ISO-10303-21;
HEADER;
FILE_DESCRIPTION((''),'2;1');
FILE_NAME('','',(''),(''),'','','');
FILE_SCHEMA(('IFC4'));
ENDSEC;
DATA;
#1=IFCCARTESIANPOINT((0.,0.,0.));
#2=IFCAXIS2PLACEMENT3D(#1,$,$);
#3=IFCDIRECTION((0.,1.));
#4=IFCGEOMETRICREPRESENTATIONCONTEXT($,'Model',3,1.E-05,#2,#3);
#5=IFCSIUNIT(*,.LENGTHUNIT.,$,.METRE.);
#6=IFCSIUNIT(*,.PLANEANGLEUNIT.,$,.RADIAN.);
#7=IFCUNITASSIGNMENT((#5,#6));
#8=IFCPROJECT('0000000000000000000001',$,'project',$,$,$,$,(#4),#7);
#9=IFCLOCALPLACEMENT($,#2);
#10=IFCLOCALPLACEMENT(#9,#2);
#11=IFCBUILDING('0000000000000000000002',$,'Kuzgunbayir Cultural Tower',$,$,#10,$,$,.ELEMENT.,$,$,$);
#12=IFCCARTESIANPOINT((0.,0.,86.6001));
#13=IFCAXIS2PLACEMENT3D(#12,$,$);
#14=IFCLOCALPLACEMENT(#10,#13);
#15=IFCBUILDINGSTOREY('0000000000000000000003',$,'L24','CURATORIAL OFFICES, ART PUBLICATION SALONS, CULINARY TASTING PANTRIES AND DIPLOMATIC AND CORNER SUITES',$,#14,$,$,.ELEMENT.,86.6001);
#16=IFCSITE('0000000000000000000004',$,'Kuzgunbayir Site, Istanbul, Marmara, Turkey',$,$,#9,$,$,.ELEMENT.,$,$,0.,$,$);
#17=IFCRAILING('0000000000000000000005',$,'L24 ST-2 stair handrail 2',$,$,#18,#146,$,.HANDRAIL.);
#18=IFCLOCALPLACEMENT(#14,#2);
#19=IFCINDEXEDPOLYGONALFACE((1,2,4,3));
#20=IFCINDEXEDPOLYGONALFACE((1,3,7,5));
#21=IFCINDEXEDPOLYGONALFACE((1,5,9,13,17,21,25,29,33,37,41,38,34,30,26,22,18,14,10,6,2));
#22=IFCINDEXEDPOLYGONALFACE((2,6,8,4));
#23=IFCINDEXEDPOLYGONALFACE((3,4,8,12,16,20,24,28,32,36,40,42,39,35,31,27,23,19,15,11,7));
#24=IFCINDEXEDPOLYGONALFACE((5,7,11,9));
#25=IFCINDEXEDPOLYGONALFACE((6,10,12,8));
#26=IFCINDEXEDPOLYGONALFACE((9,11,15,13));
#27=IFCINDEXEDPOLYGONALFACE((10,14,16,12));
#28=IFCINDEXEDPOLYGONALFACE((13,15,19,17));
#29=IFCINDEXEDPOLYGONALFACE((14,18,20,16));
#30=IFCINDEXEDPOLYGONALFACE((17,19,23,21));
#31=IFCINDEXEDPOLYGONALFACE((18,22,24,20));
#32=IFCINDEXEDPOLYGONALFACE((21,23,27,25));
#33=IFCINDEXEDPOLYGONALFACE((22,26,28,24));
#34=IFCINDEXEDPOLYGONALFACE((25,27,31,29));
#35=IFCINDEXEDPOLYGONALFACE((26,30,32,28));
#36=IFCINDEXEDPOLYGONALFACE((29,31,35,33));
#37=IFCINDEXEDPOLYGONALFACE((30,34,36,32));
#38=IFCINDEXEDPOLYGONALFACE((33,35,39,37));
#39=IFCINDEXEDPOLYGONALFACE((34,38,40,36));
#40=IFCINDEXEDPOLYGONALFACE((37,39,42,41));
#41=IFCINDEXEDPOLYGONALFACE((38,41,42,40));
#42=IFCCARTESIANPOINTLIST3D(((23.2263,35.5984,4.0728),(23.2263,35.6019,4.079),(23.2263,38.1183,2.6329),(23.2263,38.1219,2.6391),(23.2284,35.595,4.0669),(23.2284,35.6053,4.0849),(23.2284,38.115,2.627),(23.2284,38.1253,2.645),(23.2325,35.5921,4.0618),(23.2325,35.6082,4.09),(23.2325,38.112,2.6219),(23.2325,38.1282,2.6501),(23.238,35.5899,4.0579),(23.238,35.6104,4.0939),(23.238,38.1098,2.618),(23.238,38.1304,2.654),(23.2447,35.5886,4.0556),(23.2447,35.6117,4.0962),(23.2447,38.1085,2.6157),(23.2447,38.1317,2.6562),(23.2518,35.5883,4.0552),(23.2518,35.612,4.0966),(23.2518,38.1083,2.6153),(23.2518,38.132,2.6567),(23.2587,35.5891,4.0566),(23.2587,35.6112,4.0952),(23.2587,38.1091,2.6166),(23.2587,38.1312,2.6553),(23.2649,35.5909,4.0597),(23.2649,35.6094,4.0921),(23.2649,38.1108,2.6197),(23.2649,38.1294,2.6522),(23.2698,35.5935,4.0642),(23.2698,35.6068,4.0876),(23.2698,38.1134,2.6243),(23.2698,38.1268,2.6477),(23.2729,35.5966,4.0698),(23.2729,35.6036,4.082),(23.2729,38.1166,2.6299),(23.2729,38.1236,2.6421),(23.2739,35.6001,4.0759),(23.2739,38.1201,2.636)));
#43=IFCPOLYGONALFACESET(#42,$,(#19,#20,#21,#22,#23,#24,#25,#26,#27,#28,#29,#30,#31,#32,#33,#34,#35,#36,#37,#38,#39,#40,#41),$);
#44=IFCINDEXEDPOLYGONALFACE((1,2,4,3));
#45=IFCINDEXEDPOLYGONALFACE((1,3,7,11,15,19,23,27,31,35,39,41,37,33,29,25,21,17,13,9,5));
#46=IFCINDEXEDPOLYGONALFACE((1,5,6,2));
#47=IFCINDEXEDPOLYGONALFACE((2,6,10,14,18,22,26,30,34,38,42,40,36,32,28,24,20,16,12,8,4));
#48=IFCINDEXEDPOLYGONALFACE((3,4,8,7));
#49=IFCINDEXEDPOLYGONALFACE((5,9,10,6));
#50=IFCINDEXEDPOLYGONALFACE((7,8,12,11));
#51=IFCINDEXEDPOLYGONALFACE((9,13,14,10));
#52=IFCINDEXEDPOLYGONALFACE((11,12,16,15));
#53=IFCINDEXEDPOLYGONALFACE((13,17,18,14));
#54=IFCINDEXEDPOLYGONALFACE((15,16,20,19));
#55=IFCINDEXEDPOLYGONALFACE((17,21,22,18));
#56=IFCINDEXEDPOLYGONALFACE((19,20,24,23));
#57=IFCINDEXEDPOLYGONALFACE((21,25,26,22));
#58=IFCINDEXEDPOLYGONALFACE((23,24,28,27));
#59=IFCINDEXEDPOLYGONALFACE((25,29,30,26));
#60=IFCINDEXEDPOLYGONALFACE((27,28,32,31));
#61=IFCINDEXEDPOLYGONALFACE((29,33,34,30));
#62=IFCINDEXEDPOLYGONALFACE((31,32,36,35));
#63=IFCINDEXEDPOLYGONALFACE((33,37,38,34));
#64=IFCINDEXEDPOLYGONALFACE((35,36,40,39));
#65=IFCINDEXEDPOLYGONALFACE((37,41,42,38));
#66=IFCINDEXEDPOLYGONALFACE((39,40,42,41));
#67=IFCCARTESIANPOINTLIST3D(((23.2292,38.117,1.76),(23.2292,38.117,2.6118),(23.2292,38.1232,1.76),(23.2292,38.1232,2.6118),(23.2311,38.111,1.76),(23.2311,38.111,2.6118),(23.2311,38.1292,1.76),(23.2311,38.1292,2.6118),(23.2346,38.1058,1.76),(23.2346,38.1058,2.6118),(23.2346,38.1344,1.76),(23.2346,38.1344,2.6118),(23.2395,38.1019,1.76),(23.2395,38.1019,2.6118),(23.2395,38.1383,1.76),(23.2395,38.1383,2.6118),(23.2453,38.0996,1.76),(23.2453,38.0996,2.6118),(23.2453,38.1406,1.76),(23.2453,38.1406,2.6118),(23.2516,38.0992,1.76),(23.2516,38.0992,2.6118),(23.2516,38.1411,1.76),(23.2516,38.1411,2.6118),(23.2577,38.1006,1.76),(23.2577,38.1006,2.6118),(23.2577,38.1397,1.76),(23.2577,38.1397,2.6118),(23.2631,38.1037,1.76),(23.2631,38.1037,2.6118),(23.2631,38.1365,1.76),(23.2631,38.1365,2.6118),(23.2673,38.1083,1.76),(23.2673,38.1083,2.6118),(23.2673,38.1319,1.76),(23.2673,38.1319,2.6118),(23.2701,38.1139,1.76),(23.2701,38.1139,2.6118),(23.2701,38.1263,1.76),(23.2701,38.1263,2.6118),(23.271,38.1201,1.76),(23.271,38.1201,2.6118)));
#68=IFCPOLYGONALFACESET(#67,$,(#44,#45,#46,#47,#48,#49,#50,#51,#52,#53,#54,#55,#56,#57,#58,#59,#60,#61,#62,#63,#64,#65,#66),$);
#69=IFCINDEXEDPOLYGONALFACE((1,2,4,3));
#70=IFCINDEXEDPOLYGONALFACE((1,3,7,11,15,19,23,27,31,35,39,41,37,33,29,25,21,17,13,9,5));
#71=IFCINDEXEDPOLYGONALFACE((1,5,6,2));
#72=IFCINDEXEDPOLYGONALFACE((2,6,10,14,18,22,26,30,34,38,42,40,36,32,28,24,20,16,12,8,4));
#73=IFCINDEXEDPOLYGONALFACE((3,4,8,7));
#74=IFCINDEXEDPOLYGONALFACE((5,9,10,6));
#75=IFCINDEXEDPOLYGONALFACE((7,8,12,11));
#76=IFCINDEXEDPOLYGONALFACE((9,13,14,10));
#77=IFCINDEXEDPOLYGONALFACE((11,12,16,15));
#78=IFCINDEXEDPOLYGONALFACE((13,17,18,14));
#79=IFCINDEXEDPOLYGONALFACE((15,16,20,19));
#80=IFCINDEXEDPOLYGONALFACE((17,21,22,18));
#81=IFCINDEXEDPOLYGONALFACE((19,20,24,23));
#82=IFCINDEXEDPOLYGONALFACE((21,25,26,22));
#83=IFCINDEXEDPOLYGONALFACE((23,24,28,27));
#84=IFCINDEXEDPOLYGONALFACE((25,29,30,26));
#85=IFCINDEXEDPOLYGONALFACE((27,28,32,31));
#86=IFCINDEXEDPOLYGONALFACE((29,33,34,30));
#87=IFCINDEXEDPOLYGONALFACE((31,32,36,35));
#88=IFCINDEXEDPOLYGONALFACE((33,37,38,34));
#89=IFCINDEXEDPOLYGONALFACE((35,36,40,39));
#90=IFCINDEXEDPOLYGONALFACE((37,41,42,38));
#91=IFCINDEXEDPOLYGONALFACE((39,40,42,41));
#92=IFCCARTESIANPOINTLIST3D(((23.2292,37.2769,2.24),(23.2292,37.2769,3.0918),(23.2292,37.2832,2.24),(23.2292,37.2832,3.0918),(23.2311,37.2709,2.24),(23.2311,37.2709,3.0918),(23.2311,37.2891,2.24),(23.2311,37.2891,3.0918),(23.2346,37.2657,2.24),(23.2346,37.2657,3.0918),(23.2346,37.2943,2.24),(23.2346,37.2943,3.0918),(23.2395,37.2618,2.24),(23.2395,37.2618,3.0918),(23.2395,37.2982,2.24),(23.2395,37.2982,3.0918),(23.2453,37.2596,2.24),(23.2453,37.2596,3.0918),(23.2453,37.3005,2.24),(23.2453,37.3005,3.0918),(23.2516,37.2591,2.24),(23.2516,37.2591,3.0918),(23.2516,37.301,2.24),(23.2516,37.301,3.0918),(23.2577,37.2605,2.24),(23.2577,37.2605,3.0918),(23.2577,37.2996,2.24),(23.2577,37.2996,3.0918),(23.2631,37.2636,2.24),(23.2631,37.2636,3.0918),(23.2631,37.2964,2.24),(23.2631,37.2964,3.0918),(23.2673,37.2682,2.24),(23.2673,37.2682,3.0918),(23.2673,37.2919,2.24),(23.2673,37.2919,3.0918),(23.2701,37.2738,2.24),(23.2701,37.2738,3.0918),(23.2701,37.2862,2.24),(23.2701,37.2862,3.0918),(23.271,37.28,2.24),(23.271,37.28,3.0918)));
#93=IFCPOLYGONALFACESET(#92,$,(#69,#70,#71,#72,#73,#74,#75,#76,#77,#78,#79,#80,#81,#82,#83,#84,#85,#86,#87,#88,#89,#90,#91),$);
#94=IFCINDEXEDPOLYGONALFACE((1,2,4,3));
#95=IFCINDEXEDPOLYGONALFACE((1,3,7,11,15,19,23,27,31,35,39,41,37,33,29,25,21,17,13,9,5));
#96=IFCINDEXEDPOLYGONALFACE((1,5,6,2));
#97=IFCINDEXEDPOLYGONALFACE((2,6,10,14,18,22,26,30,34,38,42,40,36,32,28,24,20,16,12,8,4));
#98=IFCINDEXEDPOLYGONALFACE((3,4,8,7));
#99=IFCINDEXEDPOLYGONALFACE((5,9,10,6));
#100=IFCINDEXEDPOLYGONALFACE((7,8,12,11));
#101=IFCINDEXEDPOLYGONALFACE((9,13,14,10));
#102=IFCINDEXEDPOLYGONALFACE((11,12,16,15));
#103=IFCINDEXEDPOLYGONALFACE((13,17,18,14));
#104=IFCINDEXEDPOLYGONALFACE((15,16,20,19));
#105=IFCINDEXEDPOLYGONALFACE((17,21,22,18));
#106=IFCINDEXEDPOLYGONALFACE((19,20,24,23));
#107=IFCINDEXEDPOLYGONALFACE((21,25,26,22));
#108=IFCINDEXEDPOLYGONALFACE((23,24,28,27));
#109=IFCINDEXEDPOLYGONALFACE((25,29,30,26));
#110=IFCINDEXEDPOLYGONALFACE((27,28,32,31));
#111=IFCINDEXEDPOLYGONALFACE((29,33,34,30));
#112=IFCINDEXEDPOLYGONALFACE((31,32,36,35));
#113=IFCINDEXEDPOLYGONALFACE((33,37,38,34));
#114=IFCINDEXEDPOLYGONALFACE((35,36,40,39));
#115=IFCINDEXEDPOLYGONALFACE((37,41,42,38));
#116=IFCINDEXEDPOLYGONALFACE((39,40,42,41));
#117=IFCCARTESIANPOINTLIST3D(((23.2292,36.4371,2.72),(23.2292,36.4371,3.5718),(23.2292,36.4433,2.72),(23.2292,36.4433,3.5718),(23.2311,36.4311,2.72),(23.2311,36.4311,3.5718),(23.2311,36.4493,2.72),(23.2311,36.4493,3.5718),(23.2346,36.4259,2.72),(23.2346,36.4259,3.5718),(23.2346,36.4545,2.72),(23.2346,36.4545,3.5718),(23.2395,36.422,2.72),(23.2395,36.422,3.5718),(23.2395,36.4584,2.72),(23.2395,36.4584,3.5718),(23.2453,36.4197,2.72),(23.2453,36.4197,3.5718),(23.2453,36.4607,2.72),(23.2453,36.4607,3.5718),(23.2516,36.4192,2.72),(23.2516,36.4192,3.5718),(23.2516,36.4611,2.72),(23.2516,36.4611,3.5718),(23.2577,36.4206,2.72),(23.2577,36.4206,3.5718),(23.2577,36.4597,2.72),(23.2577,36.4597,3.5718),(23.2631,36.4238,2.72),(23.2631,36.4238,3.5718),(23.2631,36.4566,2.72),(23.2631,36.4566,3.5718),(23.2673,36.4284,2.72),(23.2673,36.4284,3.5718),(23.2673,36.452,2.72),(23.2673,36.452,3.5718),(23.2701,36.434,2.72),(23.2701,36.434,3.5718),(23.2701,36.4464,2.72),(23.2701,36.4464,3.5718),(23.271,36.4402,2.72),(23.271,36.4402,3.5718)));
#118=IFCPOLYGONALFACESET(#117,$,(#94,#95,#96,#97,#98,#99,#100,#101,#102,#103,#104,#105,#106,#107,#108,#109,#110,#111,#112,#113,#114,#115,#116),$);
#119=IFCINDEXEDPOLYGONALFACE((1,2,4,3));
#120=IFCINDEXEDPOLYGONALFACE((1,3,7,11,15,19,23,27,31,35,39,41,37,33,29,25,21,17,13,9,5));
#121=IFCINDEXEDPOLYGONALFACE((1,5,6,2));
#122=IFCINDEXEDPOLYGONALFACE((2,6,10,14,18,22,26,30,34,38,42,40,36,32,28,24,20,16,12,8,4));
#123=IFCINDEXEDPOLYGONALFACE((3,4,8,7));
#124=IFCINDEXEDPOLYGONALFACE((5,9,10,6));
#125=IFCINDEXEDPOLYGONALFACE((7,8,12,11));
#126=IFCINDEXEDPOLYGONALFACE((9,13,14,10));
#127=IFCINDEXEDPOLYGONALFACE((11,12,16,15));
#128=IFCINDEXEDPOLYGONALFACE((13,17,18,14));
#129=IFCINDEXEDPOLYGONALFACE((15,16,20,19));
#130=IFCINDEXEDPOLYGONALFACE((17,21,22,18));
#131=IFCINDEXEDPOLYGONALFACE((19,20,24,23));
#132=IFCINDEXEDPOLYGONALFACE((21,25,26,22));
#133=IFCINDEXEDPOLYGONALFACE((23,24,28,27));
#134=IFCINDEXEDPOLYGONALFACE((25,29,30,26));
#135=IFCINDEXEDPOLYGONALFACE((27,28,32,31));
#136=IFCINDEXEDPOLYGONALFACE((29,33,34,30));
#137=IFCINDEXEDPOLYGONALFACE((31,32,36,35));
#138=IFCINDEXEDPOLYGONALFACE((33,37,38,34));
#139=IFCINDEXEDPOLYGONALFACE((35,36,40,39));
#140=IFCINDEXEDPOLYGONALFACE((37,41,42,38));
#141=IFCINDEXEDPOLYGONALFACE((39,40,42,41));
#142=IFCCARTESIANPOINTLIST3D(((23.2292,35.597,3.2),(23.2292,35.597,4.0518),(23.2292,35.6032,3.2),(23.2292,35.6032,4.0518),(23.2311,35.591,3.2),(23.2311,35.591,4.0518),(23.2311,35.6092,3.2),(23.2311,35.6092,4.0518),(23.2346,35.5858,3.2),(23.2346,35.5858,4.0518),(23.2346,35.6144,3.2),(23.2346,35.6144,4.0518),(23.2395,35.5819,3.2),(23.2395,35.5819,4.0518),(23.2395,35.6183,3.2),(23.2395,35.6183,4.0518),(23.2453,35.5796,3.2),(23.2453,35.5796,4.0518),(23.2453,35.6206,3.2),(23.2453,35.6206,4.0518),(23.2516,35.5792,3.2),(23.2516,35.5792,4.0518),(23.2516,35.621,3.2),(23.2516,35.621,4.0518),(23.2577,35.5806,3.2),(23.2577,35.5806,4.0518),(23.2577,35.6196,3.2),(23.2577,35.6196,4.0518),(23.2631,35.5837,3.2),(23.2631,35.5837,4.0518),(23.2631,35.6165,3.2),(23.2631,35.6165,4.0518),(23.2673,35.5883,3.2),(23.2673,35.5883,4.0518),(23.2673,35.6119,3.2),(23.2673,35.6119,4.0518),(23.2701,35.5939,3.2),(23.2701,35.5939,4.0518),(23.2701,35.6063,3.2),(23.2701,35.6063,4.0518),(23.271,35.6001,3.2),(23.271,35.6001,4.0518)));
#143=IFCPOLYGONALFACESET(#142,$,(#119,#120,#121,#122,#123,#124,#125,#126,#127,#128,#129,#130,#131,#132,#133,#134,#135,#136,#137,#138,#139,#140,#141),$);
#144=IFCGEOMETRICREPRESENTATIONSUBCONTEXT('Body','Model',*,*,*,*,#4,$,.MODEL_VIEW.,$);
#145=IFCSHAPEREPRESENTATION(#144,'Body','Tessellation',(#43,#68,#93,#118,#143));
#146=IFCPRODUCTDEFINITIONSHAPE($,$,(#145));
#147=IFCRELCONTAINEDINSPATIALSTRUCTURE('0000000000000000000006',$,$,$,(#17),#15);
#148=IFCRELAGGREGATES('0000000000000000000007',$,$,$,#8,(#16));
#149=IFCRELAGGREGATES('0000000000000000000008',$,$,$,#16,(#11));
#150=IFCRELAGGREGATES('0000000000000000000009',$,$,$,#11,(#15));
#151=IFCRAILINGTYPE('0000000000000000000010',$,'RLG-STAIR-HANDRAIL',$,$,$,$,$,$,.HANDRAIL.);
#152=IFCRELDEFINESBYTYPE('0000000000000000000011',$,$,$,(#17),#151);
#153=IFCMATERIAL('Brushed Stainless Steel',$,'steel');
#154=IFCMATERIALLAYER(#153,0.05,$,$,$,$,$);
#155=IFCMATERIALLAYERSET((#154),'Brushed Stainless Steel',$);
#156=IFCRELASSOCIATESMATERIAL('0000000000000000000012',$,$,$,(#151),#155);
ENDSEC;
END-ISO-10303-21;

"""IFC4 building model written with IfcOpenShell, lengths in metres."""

from ifc_helpers import new_model, si_unit, direction, frame, origin, origin_2d, place, context, subcontext, project, spatial, circle, extrude, material, layer, layer_set, type_object, element, save


model = new_model("IFC4")

# Units and contexts
model_context = context("Model", 3, precision=1e-05, world=origin(), true_north=direction((0.0, 1.0)))
body_context = subcontext(model_context, "Body", "Model", "MODEL_VIEW")
ifc_project = project(units=[si_unit("LENGTHUNIT", "METRE"), si_unit("PLANEANGLEUNIT", "RADIAN")], contexts=[model_context])

# Site, building, storey
site_placement = place(None, origin())
site = spatial("IfcSite", under=ifc_project, at=site_placement, Name="Kuzgunbayir Site, Istanbul, Marmara, Turkey", CompositionType="ELEMENT", RefElevation=0.0)
building_placement = place(site_placement, origin())
building = spatial("IfcBuilding", under=site, at=building_placement, Name="Kuzgunbayir Cultural Tower", CompositionType="ELEMENT")
storey_placement = place(building_placement, frame((0.0, 0.0, 86.6001)))
storey = spatial("IfcBuildingStorey", under=building, at=storey_placement, Name="L24", Description="CURATORIAL OFFICES, ART PUBLICATION SALONS, CULINARY TASTING PANTRIES AND DIPLOMATIC AND CORNER SUITES", CompositionType="ELEMENT", Elevation=86.6001)

# Railing
ifc_material_1 = material(Name="Brushed Stainless Steel", Category="steel")
ifc_layer_1 = layer(ifc_material_1, 0.05)
ifc_layer_set_1 = layer_set([ifc_layer_1], Name="Brushed Stainless Steel")
railing_type_1 = type_object("IfcRailingType", Name="RLG-STAIR-HANDRAIL", PredefinedType="HANDRAIL", material=ifc_layer_set_1)
railing_1_placement = place(storey_placement, frame((23.25, 38.1201, 1.76)))
element("IfcRailing", 1, at=railing_1_placement, inside=storey, type_object=railing_type_1, Name="L24 ST-2 stair handrail 2", PredefinedType="HANDRAIL", context=body_context, shape_type="SweptSolid", body=[
    extrude(circle(Radius=0.0239, at=origin_2d()), frame((0.0, 0.0, 0.876), z_axis=(0.0, -0.868253, 0.496121), x_axis=(1.0, 0.0, 0.0)), (0.0, 0.0, 1.0), 2.9023),
    extrude(circle(Radius=0.021, at=origin_2d()), origin(), (0.0, 0.0, 1.0), 0.8518),
    extrude(circle(Radius=0.021, at=origin_2d()), frame((0.0, -0.8401, 0.48)), (0.0, 0.0, 1.0), 0.8518),
    extrude(circle(Radius=0.021, at=origin_2d()), frame((0.0, -1.6799, 0.96)), (0.0, 0.0, 1.0), 0.8518),
    extrude(circle(Radius=0.021, at=origin_2d()), frame((0.0, -2.52, 1.4399)), (0.0, 0.0, 1.0), 0.8518),
])

save(model, "model.ifc")
